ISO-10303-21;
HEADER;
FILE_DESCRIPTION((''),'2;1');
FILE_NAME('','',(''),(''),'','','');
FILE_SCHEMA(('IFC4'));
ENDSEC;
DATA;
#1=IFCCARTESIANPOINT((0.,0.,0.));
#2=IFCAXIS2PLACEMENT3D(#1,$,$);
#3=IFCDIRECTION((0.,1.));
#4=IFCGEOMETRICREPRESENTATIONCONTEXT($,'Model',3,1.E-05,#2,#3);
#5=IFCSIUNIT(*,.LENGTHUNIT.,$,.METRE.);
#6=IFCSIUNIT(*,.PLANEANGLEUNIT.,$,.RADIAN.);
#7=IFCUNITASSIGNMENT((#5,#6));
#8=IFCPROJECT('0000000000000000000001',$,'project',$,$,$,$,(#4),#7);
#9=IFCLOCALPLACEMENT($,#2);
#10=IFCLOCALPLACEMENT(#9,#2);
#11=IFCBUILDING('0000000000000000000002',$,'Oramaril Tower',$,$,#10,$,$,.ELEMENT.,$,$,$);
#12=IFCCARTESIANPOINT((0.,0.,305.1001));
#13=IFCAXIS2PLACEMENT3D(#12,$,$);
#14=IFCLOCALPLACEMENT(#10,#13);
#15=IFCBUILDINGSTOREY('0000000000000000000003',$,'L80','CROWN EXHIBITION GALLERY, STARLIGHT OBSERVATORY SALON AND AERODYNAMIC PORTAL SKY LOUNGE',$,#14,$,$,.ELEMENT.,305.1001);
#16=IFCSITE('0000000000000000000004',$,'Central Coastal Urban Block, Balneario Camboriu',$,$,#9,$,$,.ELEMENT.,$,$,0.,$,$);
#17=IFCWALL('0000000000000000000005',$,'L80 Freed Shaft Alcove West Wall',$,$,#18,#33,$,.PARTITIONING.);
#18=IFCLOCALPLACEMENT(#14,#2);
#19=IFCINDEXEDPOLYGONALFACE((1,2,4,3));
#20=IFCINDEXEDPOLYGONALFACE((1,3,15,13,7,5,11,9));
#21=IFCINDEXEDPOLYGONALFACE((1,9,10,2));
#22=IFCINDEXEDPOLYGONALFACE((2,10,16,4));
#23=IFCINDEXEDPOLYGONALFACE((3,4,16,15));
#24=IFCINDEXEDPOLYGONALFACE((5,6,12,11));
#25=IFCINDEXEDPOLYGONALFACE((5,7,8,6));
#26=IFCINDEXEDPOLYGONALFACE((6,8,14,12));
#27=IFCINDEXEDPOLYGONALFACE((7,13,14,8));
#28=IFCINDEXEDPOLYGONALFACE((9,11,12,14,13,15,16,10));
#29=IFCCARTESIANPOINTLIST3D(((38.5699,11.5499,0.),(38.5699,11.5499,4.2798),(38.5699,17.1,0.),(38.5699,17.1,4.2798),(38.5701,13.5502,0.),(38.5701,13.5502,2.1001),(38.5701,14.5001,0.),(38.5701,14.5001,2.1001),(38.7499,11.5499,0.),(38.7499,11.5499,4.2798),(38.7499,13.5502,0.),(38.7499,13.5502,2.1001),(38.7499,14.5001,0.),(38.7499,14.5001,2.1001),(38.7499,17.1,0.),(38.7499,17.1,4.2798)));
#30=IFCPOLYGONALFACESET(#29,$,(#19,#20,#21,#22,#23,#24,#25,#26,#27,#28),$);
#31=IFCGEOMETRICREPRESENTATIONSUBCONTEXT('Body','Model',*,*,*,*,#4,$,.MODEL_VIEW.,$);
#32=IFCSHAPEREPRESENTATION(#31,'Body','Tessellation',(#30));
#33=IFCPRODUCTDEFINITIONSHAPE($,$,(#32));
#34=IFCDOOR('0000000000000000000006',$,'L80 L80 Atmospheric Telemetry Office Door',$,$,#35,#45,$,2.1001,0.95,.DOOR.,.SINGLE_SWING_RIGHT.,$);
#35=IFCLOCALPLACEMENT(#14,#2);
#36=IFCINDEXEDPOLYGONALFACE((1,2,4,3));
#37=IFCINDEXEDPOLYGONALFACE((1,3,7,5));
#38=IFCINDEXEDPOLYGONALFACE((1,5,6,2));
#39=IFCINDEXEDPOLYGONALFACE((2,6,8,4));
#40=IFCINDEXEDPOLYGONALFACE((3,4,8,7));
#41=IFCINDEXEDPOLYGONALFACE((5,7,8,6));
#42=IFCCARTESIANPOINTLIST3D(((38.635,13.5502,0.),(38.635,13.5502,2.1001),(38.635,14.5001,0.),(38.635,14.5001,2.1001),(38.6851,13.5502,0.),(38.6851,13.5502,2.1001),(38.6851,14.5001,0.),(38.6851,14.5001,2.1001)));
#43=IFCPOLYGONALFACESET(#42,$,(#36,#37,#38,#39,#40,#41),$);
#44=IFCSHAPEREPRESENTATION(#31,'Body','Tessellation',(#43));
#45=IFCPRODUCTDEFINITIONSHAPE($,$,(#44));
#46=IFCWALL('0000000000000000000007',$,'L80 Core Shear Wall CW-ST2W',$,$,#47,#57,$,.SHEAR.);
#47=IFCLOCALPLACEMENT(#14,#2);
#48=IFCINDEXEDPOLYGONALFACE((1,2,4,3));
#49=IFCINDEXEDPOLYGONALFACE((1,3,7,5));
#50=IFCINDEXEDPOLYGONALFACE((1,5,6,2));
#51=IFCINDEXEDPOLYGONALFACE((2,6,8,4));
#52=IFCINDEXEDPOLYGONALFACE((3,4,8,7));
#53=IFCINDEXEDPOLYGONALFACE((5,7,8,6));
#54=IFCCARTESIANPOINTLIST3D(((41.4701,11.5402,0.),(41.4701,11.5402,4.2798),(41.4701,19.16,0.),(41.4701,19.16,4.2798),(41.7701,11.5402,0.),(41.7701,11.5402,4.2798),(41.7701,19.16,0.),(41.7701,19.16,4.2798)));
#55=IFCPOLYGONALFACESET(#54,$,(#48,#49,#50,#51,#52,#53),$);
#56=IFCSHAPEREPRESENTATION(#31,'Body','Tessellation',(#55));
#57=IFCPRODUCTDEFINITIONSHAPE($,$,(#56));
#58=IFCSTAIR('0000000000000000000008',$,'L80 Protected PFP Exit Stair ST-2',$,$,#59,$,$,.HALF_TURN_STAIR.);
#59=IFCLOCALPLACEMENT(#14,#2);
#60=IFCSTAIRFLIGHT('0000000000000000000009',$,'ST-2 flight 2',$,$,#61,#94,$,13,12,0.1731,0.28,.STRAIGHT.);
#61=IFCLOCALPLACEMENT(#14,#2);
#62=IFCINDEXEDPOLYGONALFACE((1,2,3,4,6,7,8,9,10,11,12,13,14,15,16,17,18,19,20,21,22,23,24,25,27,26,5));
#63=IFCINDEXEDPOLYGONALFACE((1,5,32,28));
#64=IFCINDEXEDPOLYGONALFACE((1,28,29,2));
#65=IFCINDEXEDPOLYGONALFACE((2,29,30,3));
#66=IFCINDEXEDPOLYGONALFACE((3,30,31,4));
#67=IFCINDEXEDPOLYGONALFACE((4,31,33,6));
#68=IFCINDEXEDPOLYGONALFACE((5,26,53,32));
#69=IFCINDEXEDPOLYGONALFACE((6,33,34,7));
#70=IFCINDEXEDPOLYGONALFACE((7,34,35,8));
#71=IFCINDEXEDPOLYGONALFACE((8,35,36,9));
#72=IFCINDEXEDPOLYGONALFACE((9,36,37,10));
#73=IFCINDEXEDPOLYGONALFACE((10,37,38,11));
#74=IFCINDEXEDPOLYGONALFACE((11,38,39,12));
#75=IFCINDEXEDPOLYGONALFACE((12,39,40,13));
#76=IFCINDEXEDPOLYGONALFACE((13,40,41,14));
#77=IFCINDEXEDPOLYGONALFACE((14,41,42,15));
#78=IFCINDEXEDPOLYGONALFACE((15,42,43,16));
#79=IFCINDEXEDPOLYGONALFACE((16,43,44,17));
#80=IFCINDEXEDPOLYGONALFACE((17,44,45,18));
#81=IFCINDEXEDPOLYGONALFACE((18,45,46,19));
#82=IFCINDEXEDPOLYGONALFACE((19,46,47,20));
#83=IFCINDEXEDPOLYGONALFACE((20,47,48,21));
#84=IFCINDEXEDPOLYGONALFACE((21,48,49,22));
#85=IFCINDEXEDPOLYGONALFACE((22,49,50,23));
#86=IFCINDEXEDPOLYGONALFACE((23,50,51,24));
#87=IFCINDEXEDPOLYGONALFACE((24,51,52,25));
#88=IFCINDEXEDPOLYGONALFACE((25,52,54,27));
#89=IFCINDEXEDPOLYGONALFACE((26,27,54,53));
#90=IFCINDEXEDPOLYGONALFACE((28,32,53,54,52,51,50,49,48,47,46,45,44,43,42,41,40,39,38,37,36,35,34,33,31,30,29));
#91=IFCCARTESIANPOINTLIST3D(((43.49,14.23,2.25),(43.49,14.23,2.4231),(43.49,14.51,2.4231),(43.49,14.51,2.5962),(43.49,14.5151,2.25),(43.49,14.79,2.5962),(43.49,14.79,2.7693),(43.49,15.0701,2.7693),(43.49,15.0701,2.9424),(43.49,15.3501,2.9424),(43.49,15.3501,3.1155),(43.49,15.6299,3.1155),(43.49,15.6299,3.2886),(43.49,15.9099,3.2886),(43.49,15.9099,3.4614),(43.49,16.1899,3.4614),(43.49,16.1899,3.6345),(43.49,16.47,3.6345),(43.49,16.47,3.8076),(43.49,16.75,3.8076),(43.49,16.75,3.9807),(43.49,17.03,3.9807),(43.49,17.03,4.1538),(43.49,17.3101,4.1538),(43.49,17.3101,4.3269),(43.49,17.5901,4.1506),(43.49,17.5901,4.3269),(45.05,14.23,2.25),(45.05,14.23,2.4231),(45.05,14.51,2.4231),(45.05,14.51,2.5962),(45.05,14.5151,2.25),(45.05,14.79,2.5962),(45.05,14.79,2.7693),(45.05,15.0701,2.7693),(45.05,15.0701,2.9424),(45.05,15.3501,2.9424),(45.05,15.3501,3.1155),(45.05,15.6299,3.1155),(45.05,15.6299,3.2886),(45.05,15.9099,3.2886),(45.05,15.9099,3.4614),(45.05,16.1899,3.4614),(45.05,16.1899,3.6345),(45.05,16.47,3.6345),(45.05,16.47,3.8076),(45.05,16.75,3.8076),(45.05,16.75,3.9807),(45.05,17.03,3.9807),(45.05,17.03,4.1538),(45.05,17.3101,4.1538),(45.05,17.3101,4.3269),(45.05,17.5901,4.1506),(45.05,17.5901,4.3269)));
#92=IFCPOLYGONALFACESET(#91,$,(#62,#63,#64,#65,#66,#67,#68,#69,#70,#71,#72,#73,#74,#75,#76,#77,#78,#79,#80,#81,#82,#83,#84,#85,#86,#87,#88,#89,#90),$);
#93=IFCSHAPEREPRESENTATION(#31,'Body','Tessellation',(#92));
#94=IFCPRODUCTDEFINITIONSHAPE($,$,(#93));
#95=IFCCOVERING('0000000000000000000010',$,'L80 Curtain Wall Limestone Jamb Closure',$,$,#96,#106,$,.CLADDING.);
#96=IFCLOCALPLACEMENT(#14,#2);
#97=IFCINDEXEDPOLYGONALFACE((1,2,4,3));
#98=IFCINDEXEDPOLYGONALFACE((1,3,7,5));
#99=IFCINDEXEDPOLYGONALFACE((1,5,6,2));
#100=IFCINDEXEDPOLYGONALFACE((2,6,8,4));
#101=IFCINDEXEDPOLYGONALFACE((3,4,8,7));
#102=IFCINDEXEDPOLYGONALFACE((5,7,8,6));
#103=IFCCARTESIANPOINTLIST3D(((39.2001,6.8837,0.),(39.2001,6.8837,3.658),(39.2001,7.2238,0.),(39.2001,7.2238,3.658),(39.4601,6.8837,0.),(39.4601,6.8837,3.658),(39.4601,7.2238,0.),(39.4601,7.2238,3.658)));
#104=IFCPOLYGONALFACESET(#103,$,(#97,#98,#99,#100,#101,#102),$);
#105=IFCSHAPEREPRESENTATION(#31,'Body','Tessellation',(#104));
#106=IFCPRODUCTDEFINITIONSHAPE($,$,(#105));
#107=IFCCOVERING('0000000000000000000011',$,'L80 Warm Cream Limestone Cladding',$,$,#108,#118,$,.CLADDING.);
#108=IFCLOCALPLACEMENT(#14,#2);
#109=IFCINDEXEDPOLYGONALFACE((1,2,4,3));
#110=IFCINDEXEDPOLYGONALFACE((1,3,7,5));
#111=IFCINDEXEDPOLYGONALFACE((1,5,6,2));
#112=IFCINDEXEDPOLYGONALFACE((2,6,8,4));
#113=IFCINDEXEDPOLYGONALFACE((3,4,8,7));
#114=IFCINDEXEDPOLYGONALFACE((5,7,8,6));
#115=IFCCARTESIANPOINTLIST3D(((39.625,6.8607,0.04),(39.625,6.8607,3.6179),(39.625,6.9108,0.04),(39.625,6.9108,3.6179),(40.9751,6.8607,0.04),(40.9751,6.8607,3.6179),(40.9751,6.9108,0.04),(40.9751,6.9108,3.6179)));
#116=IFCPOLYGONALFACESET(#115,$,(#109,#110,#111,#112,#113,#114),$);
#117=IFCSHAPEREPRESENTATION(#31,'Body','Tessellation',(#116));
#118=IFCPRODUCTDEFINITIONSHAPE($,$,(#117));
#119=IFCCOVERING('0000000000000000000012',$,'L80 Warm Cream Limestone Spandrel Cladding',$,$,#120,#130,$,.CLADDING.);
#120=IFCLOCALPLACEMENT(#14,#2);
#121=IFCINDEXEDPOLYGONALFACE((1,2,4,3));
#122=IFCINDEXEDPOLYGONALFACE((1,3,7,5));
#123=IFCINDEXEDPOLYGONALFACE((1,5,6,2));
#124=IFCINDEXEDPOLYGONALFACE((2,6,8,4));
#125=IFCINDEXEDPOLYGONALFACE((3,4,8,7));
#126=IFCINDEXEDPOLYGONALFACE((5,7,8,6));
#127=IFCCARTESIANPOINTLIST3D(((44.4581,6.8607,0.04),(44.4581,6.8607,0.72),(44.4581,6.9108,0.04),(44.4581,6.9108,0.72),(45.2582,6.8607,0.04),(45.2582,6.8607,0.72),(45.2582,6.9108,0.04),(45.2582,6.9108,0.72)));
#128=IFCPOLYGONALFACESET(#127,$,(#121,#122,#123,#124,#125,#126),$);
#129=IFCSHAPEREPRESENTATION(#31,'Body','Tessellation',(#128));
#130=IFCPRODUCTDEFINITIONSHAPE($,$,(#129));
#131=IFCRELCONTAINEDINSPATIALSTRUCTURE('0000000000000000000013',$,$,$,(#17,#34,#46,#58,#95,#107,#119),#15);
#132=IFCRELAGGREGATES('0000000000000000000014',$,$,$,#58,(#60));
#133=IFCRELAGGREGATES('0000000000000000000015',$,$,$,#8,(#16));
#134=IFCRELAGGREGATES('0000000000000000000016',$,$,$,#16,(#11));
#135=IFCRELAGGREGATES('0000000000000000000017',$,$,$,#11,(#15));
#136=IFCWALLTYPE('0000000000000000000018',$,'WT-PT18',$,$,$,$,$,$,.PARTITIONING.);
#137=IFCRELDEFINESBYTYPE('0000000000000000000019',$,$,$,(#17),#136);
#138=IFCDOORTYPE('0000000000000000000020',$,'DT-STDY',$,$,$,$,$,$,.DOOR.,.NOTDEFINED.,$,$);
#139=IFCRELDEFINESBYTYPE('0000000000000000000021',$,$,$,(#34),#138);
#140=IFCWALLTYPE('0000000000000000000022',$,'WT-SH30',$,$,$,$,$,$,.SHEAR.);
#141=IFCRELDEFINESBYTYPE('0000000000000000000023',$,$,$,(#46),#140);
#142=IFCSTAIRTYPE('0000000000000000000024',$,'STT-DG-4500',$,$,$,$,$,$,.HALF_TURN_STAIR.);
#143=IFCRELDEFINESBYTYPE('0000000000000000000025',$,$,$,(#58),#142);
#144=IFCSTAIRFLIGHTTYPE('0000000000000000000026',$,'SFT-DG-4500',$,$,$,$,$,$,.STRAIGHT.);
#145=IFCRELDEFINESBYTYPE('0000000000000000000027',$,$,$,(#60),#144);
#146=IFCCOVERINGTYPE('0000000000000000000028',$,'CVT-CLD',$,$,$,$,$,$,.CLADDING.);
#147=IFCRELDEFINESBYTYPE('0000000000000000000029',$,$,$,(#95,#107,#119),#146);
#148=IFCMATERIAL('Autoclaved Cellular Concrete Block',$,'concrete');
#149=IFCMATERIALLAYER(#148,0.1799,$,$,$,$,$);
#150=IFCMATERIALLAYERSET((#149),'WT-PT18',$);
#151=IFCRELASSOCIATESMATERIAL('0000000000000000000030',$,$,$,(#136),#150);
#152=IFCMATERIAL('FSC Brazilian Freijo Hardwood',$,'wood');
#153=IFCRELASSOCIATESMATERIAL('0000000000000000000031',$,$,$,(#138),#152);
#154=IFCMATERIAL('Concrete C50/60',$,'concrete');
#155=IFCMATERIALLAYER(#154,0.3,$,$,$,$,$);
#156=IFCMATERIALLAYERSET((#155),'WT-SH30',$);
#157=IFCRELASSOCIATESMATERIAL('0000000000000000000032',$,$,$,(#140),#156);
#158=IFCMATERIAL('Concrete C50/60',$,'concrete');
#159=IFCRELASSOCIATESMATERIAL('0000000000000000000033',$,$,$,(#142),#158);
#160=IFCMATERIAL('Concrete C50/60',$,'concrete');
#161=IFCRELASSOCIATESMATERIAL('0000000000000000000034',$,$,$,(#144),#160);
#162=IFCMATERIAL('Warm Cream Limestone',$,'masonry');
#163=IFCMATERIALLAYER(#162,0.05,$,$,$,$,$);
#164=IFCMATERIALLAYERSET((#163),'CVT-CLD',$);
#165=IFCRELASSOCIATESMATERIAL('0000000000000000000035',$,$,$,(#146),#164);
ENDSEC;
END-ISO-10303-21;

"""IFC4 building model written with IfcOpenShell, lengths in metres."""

from ifc_helpers import new_model, si_unit, direction, frame, frame_2d, origin, origin_2d, place, context, subcontext, project, spatial, polyline, rectangle, outline, extrude, material, layer, layer_set, type_object, element, fill, aggregate, save


model = new_model("IFC4")

# Units and contexts
model_context = context("Model", 3, precision=1e-05, world=origin(), true_north=direction((0.0, 1.0)))
body_context = subcontext(model_context, "Body", "Model", "MODEL_VIEW")
ifc_project = project(units=[si_unit("LENGTHUNIT", "METRE"), si_unit("PLANEANGLEUNIT", "RADIAN")], contexts=[model_context])

# Site, building, storey
site_placement = place(None, origin())
site = spatial("IfcSite", under=ifc_project, at=site_placement, Name="Central Coastal Urban Block, Balneario Camboriu", CompositionType="ELEMENT", RefElevation=0.0)
building_placement = place(site_placement, origin())
building = spatial("IfcBuilding", under=site, at=building_placement, Name="Oramaril Tower", CompositionType="ELEMENT")
storey_placement = place(building_placement, frame((0.0, 0.0, 305.1001)))
storey = spatial("IfcBuildingStorey", under=building, at=storey_placement, Name="L80", Description="CROWN EXHIBITION GALLERY, STARLIGHT OBSERVATORY SALON AND AERODYNAMIC PORTAL SKY LOUNGE", CompositionType="ELEMENT", Elevation=305.1001)

# Wall, opening, door
ifc_material_1 = material(Name="Autoclaved Cellular Concrete Block", Category="concrete")
ifc_layer_1 = layer(ifc_material_1, 0.1799)
ifc_layer_set_1 = layer_set([ifc_layer_1], Name="WT-PT18")
wall_type_1 = type_object("IfcWallType", Name="WT-PT18", PredefinedType="PARTITIONING", material=ifc_layer_set_1)
wall_1_placement = place(storey_placement, frame((38.6599, 11.55, 0.0), z_axis=(0.0, 0.0, 1.0), x_axis=(0.0, 1.0, 0.0)))
wall_1 = element("IfcWall", 1, at=wall_1_placement, inside=storey, type_object=wall_type_1, Name="L80 Freed Shaft Alcove West Wall", PredefinedType="PARTITIONING", context=body_context, shape_type="SweptSolid", body=[
    extrude(rectangle(XDim=5.55, YDim=0.1799, at=frame_2d((2.7749, 0.0))), origin(), (0.0, 0.0, 1.0), 4.2798),
])
opening_1_placement = place(wall_1_placement, frame((2.0, 0.0, 0.0)))
opening_1 = element("IfcOpeningElement", 2, at=opening_1_placement, cuts=wall_1, PredefinedType="OPENING", context=body_context, shape_type="SweptSolid", body=[
    extrude(rectangle(XDim=0.95, YDim=2.1001, at=frame_2d((0.4751, 1.05))), frame((0.0, 0.0898, 0.0), z_axis=(0.0, -1.0, 0.0), x_axis=(1.0, 0.0, 0.0)), (0.0, 0.0, 1.0), 0.1799),
])
ifc_material_2 = material(Name="FSC Brazilian Freijo Hardwood", Category="wood")
door_type = type_object("IfcDoorType", Name="DT-STDY", OperationType="NOTDEFINED", PredefinedType="DOOR", material=ifc_material_2)
door_placement = place(opening_1_placement, origin())
door = element("IfcDoor", 3, at=door_placement, inside=storey, type_object=door_type, Name="L80 L80 Atmospheric Telemetry Office Door", OperationType="SINGLE_SWING_RIGHT", OverallHeight=2.1001, OverallWidth=0.95, PredefinedType="DOOR", context=body_context, shape_type="SweptSolid", body=[
    extrude(rectangle(XDim=0.95, YDim=2.1001, at=frame_2d((0.4751, 1.05))), frame((0.0, 0.0249, 0.0), z_axis=(0.0, -1.0, 0.0), x_axis=(1.0, 0.0, 0.0)), (0.0, 0.0, 1.0), 0.05),
])
fill(opening_1, door)

# Wall
ifc_material_3 = material(Name="Concrete C50/60", Category="concrete")
ifc_layer_2 = layer(ifc_material_3, 0.3)
ifc_layer_set_2 = layer_set([ifc_layer_2], Name="WT-SH30")
wall_type_2 = type_object("IfcWallType", Name="WT-SH30", PredefinedType="SHEAR", material=ifc_layer_set_2)
wall_2_placement = place(storey_placement, frame((41.6201, 11.54, 0.0), z_axis=(0.0, 0.0, 1.0), x_axis=(0.0, 1.0, 0.0)))
element("IfcWall", 4, at=wall_2_placement, inside=storey, type_object=wall_type_2, Name="L80 Core Shear Wall CW-ST2W", PredefinedType="SHEAR", context=body_context, shape_type="SweptSolid", body=[
    extrude(rectangle(XDim=7.6199, YDim=0.3, at=frame_2d((3.8101, 0.0))), origin(), (0.0, 0.0, 1.0), 4.2798),
])

# Stair, stair flight
ifc_material_4 = material(Name="Concrete C50/60", Category="concrete")
stair_type = type_object("IfcStairType", Name="STT-DG-4500", PredefinedType="HALF_TURN_STAIR", material=ifc_material_4)
stair_placement = place(storey_placement, origin())
stair = element("IfcStair", 5, at=stair_placement, inside=storey, type_object=stair_type, Name="L80 Protected PFP Exit Stair ST-2", PredefinedType="HALF_TURN_STAIR")
ifc_material_5 = material(Name="Concrete C50/60", Category="concrete")
stair_flight_type = type_object("IfcStairFlightType", Name="SFT-DG-4500", PredefinedType="STRAIGHT", material=ifc_material_5)
stair_flight_placement = place(storey_placement, frame((44.27, 14.23, 2.25), z_axis=(0.0, 0.0, 1.0), x_axis=(0.0, 1.0, 0.0)))
stair_flight = element("IfcStairFlight", 6, at=stair_flight_placement, type_object=stair_flight_type, Name="ST-2 flight 2", NumberOfRisers=13, NumberOfTreads=12, PredefinedType="STRAIGHT", RiserHeight=0.1731, TreadLength=0.28, context=body_context, shape_type="SweptSolid", body=[
    extrude(outline(polyline([(0.0, 0.0), (0.0, 0.1731), (0.28, 0.1731), (0.28, 0.3462), (0.5601, 0.3462), (0.5601, 0.5193), (0.8401, 0.5193), (0.8401, 0.6924), (1.1201, 0.6924), (1.1201, 0.8655), (1.3999, 0.8655), (1.3999, 1.0386), (1.6799, 1.0386), (1.6799, 1.2114), (1.96, 1.2114), (1.96, 1.3845), (2.24, 1.3845), (2.24, 1.5576), (2.52, 1.5576), (2.52, 1.7307), (2.8, 1.7307), (2.8, 1.9038), (3.0801, 1.9038), (3.0801, 2.0769), (3.3601, 2.0769), (3.3601, 2.25), (3.3601, 1.9006), (0.2852, 0.0), (0.0, 0.0)])), frame((0.0, 0.78, 0.0), z_axis=(0.0, -1.0, 0.0), x_axis=(1.0, 0.0, 0.0)), (0.0, 0.0, 1.0), 1.5601),
])
aggregate(stair, [stair_flight])

# Coverings
ifc_material_6 = material(Name="Warm Cream Limestone", Category="masonry")
ifc_layer_3 = layer(ifc_material_6, 0.05)
ifc_layer_set_3 = layer_set([ifc_layer_3], Name="CVT-CLD")
covering_type = type_object("IfcCoveringType", Name="CVT-CLD", PredefinedType="CLADDING", material=ifc_layer_set_3)
covering_1_placement = place(storey_placement, frame((39.3301, 7.0537, 0.0), z_axis=(0.0, 0.0, 1.0), x_axis=(1.0, 0.0, 0.0)))
element("IfcCovering", 7, at=covering_1_placement, inside=storey, type_object=covering_type, Name="L80 Curtain Wall Limestone Jamb Closure", PredefinedType="CLADDING", context=body_context, shape_type="SweptSolid", body=[
    extrude(rectangle(XDim=0.26, YDim=0.3401, at=origin_2d()), origin(), (0.0, 0.0, 1.0), 3.658),
])
covering_2_placement = place(storey_placement, frame((40.3, 6.8857, 0.04), z_axis=(0.0, 0.0, 1.0), x_axis=(1.0, 0.0, 0.0)))
element("IfcCovering", 8, at=covering_2_placement, inside=storey, type_object=covering_type, Name="L80 Warm Cream Limestone Cladding", PredefinedType="CLADDING", context=body_context, shape_type="SweptSolid", body=[
    extrude(rectangle(XDim=1.3501, YDim=0.05, at=origin_2d()), origin(), (0.0, 0.0, 1.0), 3.5779),
])
covering_3_placement = place(storey_placement, frame((44.8582, 6.8857, 0.04), z_axis=(0.0, 0.0, 1.0), x_axis=(1.0, 0.0, 0.0)))
element("IfcCovering", 9, at=covering_3_placement, inside=storey, type_object=covering_type, Name="L80 Warm Cream Limestone Spandrel Cladding", PredefinedType="CLADDING", context=body_context, shape_type="SweptSolid", body=[
    extrude(rectangle(XDim=0.8, YDim=0.05, at=origin_2d()), origin(), (0.0, 0.0, 1.0), 0.6799),
])

save(model, "model.ifc")
